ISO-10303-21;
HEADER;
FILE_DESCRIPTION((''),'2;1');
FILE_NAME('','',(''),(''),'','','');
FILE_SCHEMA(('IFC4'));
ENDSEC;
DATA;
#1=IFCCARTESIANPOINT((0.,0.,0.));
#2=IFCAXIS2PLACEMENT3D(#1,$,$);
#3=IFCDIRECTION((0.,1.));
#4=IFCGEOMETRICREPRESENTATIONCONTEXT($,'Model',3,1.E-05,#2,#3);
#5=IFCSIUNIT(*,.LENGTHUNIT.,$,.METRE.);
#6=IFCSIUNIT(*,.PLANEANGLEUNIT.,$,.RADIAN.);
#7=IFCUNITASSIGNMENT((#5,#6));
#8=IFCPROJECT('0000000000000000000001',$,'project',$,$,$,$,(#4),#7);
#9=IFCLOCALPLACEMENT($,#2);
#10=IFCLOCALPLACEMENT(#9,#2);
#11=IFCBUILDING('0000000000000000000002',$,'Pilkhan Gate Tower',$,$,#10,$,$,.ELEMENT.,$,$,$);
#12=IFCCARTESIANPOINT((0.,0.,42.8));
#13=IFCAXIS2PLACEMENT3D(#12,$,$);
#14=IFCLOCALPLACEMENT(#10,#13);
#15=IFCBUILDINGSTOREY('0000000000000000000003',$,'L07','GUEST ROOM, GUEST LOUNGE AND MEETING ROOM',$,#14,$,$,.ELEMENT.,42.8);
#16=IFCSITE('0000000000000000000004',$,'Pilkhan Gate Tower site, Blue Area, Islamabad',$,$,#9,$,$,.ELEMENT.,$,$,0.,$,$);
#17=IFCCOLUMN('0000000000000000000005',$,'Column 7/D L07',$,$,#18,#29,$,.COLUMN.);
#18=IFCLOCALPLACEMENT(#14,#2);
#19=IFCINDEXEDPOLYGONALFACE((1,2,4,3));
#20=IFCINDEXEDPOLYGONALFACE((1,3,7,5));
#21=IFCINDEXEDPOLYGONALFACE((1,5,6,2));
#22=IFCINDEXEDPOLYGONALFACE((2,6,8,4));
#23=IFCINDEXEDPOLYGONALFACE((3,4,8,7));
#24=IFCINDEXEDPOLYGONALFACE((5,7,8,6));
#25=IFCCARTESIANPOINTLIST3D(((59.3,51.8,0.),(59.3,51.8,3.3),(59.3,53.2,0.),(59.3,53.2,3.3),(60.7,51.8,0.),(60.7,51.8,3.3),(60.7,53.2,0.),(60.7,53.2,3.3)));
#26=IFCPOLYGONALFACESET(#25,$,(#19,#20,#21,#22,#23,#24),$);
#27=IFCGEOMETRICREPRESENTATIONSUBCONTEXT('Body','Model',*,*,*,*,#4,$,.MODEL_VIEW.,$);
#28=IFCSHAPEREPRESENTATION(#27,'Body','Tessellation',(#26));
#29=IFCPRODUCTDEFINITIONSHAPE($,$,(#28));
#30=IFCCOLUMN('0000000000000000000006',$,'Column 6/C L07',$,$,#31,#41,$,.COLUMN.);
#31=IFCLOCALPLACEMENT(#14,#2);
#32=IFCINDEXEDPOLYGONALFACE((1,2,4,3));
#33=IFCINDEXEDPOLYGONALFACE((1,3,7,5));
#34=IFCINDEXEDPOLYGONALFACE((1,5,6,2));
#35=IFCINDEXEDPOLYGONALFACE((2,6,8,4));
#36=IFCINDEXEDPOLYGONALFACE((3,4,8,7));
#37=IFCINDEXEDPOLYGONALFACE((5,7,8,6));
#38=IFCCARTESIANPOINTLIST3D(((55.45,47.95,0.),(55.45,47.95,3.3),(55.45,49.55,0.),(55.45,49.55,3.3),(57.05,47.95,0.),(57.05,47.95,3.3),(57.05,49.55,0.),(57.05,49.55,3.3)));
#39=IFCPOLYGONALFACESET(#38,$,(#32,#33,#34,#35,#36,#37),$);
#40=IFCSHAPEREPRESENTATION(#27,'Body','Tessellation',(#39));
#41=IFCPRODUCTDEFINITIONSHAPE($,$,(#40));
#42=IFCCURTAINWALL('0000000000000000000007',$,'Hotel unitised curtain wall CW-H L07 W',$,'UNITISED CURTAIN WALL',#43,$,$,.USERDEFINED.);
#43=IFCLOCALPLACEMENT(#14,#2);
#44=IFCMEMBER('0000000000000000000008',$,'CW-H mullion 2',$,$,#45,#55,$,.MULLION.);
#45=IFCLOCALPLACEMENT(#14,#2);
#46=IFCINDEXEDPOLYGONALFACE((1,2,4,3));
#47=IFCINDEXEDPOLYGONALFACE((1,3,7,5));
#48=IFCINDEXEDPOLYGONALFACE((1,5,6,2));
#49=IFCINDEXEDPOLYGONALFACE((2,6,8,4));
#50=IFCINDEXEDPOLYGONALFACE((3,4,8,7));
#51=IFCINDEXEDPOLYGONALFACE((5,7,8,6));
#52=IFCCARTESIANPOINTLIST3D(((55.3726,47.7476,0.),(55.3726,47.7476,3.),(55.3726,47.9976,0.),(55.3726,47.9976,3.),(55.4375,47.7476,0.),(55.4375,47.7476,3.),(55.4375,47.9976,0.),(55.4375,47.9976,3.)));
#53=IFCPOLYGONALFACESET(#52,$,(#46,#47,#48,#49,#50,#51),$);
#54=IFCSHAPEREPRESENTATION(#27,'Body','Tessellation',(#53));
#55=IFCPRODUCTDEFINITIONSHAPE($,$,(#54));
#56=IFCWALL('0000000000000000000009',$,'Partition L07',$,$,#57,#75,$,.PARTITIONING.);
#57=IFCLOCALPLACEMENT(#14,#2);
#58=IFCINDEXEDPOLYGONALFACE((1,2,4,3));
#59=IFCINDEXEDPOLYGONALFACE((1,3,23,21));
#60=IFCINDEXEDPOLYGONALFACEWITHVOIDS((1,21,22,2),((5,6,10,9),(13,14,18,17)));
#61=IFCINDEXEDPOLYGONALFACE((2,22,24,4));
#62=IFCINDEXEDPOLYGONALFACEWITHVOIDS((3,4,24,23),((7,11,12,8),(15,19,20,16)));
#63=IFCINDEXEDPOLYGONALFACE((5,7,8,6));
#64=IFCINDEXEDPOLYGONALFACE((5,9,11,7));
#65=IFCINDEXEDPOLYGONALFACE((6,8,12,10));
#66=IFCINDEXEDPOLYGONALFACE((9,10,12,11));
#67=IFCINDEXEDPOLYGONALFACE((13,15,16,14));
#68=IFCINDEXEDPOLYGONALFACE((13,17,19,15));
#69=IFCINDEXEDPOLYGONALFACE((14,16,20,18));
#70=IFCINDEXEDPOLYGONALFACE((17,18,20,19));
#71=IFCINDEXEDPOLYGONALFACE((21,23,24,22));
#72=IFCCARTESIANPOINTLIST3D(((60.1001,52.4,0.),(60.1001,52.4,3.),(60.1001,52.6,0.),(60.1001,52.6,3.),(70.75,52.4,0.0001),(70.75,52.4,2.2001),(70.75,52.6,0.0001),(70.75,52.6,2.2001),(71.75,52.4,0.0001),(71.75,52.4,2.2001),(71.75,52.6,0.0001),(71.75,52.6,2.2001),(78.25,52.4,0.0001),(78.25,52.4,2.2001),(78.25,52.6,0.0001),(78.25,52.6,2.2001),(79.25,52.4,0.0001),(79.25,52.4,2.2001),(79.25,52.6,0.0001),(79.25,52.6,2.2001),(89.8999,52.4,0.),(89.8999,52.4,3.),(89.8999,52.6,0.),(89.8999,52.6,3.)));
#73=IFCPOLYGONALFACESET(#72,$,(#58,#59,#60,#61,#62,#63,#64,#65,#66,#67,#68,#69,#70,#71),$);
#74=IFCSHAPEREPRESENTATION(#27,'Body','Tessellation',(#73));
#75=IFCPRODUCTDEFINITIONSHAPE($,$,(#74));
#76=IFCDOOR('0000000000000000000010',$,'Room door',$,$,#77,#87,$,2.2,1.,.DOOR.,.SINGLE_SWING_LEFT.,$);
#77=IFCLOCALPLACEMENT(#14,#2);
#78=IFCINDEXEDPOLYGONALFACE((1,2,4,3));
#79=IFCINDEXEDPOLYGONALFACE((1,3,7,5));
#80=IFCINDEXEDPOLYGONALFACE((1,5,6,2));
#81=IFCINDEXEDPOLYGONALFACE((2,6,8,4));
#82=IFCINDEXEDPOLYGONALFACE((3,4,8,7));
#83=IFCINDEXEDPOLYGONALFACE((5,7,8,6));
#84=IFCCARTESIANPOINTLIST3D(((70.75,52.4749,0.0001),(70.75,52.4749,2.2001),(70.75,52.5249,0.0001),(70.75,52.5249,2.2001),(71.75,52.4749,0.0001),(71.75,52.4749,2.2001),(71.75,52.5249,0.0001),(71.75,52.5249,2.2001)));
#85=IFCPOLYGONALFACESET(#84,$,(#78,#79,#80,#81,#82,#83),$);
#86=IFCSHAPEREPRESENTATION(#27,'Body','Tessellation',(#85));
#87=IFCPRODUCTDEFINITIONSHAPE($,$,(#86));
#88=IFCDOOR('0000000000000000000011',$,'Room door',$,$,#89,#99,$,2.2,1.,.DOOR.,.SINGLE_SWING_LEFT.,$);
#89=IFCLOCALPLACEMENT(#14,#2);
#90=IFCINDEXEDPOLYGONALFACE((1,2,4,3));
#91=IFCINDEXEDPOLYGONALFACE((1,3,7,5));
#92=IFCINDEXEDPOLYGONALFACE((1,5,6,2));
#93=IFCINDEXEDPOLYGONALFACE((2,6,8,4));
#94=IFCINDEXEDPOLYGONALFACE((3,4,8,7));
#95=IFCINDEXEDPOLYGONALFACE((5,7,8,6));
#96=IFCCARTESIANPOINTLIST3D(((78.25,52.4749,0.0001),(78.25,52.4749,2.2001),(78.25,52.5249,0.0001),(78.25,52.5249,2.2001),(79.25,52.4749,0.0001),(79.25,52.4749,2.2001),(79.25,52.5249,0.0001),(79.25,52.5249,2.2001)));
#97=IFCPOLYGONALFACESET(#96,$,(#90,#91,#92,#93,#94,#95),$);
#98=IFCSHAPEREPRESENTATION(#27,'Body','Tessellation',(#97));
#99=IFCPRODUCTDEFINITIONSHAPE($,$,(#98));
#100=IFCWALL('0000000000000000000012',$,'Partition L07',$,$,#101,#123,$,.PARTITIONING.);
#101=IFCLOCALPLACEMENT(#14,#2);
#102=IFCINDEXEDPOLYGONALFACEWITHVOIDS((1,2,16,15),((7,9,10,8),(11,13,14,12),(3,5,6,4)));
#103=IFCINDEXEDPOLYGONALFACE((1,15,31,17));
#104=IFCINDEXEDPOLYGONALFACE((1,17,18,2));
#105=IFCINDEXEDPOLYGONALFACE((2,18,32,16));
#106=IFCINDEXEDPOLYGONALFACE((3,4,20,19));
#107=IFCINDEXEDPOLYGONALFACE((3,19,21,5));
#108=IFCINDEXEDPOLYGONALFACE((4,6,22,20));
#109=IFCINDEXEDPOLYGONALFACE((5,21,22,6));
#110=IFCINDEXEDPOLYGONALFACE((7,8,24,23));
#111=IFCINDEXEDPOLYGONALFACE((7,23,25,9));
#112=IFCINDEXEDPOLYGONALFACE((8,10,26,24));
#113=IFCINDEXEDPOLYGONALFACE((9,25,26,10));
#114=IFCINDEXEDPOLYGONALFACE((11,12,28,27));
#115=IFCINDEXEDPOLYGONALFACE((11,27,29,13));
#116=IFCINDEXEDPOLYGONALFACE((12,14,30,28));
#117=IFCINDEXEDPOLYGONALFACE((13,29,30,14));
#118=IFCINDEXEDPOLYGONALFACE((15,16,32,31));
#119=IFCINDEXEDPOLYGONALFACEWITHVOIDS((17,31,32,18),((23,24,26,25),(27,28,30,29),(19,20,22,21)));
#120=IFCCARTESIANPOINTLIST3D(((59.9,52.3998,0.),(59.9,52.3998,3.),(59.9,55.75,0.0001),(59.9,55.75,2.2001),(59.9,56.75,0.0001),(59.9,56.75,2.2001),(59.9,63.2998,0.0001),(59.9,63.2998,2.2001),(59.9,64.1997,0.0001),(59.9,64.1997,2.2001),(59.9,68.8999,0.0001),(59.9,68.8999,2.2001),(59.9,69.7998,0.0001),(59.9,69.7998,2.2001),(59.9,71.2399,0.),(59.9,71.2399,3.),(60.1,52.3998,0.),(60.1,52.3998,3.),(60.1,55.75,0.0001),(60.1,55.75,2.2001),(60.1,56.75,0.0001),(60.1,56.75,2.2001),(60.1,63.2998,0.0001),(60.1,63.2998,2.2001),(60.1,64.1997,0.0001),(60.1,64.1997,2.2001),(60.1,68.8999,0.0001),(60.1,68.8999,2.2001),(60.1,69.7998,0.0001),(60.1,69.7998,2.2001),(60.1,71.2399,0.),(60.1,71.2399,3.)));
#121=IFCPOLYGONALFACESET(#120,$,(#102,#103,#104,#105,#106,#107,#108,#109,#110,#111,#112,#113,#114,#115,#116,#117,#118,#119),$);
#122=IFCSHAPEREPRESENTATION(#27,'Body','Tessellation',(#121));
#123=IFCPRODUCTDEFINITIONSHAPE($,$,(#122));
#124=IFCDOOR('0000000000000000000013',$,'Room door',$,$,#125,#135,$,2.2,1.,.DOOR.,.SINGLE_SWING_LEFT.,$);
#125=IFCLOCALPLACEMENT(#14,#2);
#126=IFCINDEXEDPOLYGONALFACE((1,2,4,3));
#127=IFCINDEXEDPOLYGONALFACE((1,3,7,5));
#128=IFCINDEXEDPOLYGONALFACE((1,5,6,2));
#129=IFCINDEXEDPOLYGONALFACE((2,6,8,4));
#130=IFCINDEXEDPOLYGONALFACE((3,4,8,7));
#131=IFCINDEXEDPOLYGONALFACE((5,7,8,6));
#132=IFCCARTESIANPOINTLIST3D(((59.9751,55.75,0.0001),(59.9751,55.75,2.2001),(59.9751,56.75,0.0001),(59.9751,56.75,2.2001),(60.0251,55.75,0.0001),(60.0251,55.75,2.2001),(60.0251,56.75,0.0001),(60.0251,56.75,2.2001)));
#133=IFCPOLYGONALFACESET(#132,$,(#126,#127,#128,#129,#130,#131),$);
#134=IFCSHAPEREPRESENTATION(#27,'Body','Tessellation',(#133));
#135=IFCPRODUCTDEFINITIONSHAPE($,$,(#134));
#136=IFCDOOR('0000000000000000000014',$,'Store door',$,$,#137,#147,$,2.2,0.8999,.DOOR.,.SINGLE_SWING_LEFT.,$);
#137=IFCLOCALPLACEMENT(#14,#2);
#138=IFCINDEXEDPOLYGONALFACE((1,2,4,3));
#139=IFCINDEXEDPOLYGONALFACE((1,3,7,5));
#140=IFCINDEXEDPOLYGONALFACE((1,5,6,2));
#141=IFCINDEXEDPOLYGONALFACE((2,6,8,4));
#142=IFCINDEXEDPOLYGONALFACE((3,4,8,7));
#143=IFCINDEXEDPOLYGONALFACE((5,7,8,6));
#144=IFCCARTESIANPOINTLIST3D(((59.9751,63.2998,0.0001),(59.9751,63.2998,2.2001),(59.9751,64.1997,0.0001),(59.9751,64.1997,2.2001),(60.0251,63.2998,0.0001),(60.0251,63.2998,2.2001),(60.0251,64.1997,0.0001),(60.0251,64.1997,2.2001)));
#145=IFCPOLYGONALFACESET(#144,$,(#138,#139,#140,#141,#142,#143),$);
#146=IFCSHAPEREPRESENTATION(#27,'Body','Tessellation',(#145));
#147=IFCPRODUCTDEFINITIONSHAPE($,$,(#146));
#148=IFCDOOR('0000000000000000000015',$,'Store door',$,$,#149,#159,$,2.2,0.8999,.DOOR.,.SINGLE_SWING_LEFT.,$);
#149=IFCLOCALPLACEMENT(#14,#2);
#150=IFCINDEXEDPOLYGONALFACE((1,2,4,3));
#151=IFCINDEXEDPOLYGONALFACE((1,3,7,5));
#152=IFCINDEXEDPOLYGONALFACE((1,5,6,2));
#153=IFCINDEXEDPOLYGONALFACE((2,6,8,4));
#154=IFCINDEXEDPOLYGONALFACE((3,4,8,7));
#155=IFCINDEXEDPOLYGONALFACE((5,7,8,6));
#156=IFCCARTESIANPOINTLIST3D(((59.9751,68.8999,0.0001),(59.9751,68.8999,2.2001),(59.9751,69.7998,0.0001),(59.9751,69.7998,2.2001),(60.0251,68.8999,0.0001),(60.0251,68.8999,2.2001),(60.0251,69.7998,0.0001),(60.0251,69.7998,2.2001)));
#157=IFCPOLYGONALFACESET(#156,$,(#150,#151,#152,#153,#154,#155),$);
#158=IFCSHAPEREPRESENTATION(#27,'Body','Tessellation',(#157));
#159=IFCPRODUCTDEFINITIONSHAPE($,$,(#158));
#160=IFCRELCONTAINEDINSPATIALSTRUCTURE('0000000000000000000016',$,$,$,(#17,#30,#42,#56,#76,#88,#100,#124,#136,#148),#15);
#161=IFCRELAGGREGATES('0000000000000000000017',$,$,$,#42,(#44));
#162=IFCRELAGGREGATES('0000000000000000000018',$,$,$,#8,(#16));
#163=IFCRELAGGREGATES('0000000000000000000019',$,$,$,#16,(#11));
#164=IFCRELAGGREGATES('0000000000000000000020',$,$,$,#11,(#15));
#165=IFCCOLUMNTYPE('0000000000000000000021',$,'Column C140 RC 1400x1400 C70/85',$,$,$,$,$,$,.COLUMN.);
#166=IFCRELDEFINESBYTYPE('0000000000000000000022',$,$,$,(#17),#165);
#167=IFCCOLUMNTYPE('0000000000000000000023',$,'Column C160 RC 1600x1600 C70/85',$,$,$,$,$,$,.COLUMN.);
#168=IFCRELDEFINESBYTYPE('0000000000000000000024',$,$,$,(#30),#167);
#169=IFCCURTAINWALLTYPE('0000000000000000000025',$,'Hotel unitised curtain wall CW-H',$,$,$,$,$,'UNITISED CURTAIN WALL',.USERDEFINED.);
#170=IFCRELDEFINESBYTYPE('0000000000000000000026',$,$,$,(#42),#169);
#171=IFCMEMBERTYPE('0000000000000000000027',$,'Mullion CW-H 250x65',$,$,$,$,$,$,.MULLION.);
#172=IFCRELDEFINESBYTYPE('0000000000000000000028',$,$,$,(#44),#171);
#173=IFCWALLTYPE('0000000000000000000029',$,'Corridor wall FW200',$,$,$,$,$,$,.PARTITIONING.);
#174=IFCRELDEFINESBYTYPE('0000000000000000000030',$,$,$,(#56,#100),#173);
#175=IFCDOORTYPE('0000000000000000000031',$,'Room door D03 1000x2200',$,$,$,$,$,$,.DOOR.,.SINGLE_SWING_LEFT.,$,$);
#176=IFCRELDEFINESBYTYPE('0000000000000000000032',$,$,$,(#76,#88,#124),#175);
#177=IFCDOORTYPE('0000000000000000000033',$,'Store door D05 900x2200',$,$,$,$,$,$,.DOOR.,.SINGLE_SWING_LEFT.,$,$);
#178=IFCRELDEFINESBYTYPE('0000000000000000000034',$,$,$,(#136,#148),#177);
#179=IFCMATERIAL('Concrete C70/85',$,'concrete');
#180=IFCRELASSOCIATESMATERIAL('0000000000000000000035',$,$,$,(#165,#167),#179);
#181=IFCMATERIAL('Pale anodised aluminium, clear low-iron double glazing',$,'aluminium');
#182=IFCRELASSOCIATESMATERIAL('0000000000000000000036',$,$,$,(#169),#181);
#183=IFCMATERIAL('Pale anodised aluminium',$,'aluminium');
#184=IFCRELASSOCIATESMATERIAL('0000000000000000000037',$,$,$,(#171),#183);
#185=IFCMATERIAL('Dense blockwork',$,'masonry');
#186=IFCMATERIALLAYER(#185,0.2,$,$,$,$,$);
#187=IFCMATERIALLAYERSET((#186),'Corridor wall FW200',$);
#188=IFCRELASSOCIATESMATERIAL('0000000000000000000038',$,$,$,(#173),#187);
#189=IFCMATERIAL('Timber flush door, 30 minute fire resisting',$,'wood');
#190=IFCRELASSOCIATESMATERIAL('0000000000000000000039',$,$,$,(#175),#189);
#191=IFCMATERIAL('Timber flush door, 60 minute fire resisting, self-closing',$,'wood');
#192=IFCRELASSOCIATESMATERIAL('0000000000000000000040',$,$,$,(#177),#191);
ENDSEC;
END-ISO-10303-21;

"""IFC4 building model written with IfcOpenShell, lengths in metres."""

from ifc_helpers import new_model, si_unit, direction, frame, frame_2d, origin, origin_2d, place, context, subcontext, project, spatial, rectangle, extrude, material, layer, layer_set, material_profile, profile_set, type_object, element, fill, aggregate, save


model = new_model("IFC4")

# Units and contexts
model_context = context("Model", 3, precision=1e-05, world=origin(), true_north=direction((0.0, 1.0)))
body_context = subcontext(model_context, "Body", "Model", "MODEL_VIEW")
ifc_project = project(units=[si_unit("LENGTHUNIT", "METRE"), si_unit("PLANEANGLEUNIT", "RADIAN")], contexts=[model_context])

# Site, building, storey
site_placement = place(None, origin())
site = spatial("IfcSite", under=ifc_project, at=site_placement, Name="Pilkhan Gate Tower site, Blue Area, Islamabad", CompositionType="ELEMENT", RefElevation=0.0)
building_placement = place(site_placement, origin())
building = spatial("IfcBuilding", under=site, at=building_placement, Name="Pilkhan Gate Tower", CompositionType="ELEMENT")
storey_placement = place(building_placement, frame((0.0, 0.0, 42.8)))
storey = spatial("IfcBuildingStorey", under=building, at=storey_placement, Name="L07", Description="GUEST ROOM, GUEST LOUNGE AND MEETING ROOM", CompositionType="ELEMENT", Elevation=42.8)

# Columns
ifc_material_1 = material(Name="Concrete C70/85", Category="concrete")
ifc_material_profile_1 = material_profile(ifc_material_1, rectangle(XDim=1.3999, YDim=1.3999, at=origin_2d()), Name="RC 1400x1400")
ifc_profile_set_1 = profile_set([ifc_material_profile_1], Name="Concrete C70/85")
column_type_1 = type_object("IfcColumnType", Name="Column C140 RC 1400x1400 C70/85", PredefinedType="COLUMN", material=ifc_profile_set_1)
column_1_placement = place(storey_placement, frame((60.0, 52.5, 0.0), z_axis=(0.0, 0.0, 1.0), x_axis=(1.0, 0.0, 0.0)))
element("IfcColumn", 1, at=column_1_placement, inside=storey, type_object=column_type_1, Name="Column 7/D L07", PredefinedType="COLUMN", context=body_context, shape_type="SweptSolid", body=[
    extrude(rectangle(XDim=1.3999, YDim=1.3999, at=origin_2d()), origin(), (0.0, 0.0, 1.0), 3.3),
])
ifc_material_profile_2 = material_profile(ifc_material_1, rectangle(XDim=1.6001, YDim=1.6001, at=origin_2d()), Name="RC 1600x1600")
ifc_profile_set_2 = profile_set([ifc_material_profile_2], Name="Concrete C70/85")
column_type_2 = type_object("IfcColumnType", Name="Column C160 RC 1600x1600 C70/85", PredefinedType="COLUMN", material=ifc_profile_set_2)
column_2_placement = place(storey_placement, frame((56.25, 48.75, 0.0), z_axis=(0.0, 0.0, 1.0), x_axis=(1.0, 0.0, 0.0)))
element("IfcColumn", 2, at=column_2_placement, inside=storey, type_object=column_type_2, Name="Column 6/C L07", PredefinedType="COLUMN", context=body_context, shape_type="SweptSolid", body=[
    extrude(rectangle(XDim=1.6001, YDim=1.6001, at=origin_2d()), origin(), (0.0, 0.0, 1.0), 3.3),
])

# Curtain wall, member
ifc_material_2 = material(Name="Pale anodised aluminium, clear low-iron double glazing", Category="aluminium")
curtain_wall_type = type_object("IfcCurtainWallType", Name="Hotel unitised curtain wall CW-H", ElementType="UNITISED CURTAIN WALL", PredefinedType="USERDEFINED", material=ifc_material_2)
curtain_wall_placement = place(storey_placement, origin())
curtain_wall = element("IfcCurtainWall", 3, at=curtain_wall_placement, inside=storey, type_object=curtain_wall_type, Name="Hotel unitised curtain wall CW-H L07 W", ObjectType="UNITISED CURTAIN WALL", PredefinedType="USERDEFINED")
ifc_material_3 = material(Name="Pale anodised aluminium", Category="aluminium")
ifc_material_profile_3 = material_profile(ifc_material_3, rectangle(XDim=0.0649, YDim=0.25, at=origin_2d()), Name="Mullion 250x65")
ifc_profile_set_3 = profile_set([ifc_material_profile_3], Name="Pale anodised aluminium")
member_type = type_object("IfcMemberType", Name="Mullion CW-H 250x65", PredefinedType="MULLION", material=ifc_profile_set_3)
member_placement = place(storey_placement, frame((55.405, 47.8726, 0.0), z_axis=(0.0, 0.0, 1.0), x_axis=(-1.0, 0.0, 0.0)))
member = element("IfcMember", 4, at=member_placement, type_object=member_type, Name="CW-H mullion 2", PredefinedType="MULLION", context=body_context, shape_type="SweptSolid", body=[
    extrude(rectangle(XDim=0.0649, YDim=0.25, at=origin_2d()), origin(), (0.0, 0.0, 1.0), 3.0),
])
aggregate(curtain_wall, [member])

# Walls, openings, doors
ifc_material_4 = material(Name="Dense blockwork", Category="masonry")
ifc_layer_1 = layer(ifc_material_4, 0.2)
ifc_layer_set_1 = layer_set([ifc_layer_1], Name="Corridor wall FW200")
wall_type_1 = type_object("IfcWallType", Name="Corridor wall FW200", PredefinedType="PARTITIONING", material=ifc_layer_set_1)
wall_1_placement = place(storey_placement, frame((60.1001, 52.5, 0.0), z_axis=(0.0, 0.0, 1.0), x_axis=(1.0, 0.0, 0.0)))
wall_1 = element("IfcWall", 5, at=wall_1_placement, inside=storey, type_object=wall_type_1, Name="Partition L07", PredefinedType="PARTITIONING", context=body_context, shape_type="SweptSolid", body=[
    extrude(rectangle(XDim=29.7998, YDim=0.2, at=frame_2d((14.8999, 0.0))), origin(), (0.0, 0.0, 1.0), 3.0),
])
opening_1_placement = place(wall_1_placement, frame((10.6499, 0.0, 0.0)))
opening_1 = element("IfcOpeningElement", 6, at=opening_1_placement, cuts=wall_1, PredefinedType="OPENING", context=body_context, shape_type="SweptSolid", body=[
    extrude(rectangle(XDim=1.0, YDim=2.2, at=frame_2d((0.5, 1.1001))), frame((0.0, 0.1099, 0.0), z_axis=(0.0, -1.0, 0.0), x_axis=(1.0, 0.0, 0.0)), (0.0, 0.0, 1.0), 0.22),
])
opening_2_placement = place(wall_1_placement, frame((18.1499, 0.0, 0.0)))
opening_2 = element("IfcOpeningElement", 7, at=opening_2_placement, cuts=wall_1, PredefinedType="OPENING", context=body_context, shape_type="SweptSolid", body=[
    extrude(rectangle(XDim=1.0, YDim=2.2, at=frame_2d((0.5, 1.1001))), frame((0.0, 0.1099, 0.0), z_axis=(0.0, -1.0, 0.0), x_axis=(1.0, 0.0, 0.0)), (0.0, 0.0, 1.0), 0.22),
])
ifc_material_5 = material(Name="Timber flush door, 30 minute fire resisting", Category="wood")
door_type_1 = type_object("IfcDoorType", Name="Room door D03 1000x2200", OperationType="SINGLE_SWING_LEFT", PredefinedType="DOOR", material=ifc_material_5)
door_1_placement = place(opening_1_placement, origin())
door_1 = element("IfcDoor", 8, at=door_1_placement, inside=storey, type_object=door_type_1, Name="Room door", OperationType="SINGLE_SWING_LEFT", OverallHeight=2.2, OverallWidth=1.0, PredefinedType="DOOR", context=body_context, shape_type="SweptSolid", body=[
    extrude(rectangle(XDim=1.0, YDim=2.2, at=frame_2d((0.5, 1.1001))), frame((0.0, 0.0249, 0.0), z_axis=(0.0, -1.0, 0.0), x_axis=(1.0, 0.0, 0.0)), (0.0, 0.0, 1.0), 0.05),
])
fill(opening_1, door_1)
door_2_placement = place(opening_2_placement, origin())
door_2 = element("IfcDoor", 9, at=door_2_placement, inside=storey, type_object=door_type_1, Name="Room door", OperationType="SINGLE_SWING_LEFT", OverallHeight=2.2, OverallWidth=1.0, PredefinedType="DOOR", context=body_context, shape_type="SweptSolid", body=[
    extrude(rectangle(XDim=1.0, YDim=2.2, at=frame_2d((0.5, 1.1001))), frame((0.0, 0.0249, 0.0), z_axis=(0.0, -1.0, 0.0), x_axis=(1.0, 0.0, 0.0)), (0.0, 0.0, 1.0), 0.05),
])
fill(opening_2, door_2)
ifc_material_6 = material(Name="Timber flush door, 60 minute fire resisting, self-closing", Category="wood")
door_type_2 = type_object("IfcDoorType", Name="Store door D05 900x2200", OperationType="SINGLE_SWING_LEFT", PredefinedType="DOOR", material=ifc_material_6)
wall_2_placement = place(storey_placement, frame((60.0, 52.3999, 0.0), z_axis=(0.0, 0.0, 1.0), x_axis=(0.0, 1.0, 0.0)))
wall_2 = element("IfcWall", 10, at=wall_2_placement, inside=storey, type_object=wall_type_1, Name="Partition L07", PredefinedType="PARTITIONING", context=body_context, shape_type="SweptSolid", body=[
    extrude(rectangle(XDim=18.8401, YDim=0.2, at=frame_2d((9.4199, 0.0))), origin(), (0.0, 0.0, 1.0), 3.0),
])
opening_3_placement = place(wall_2_placement, frame((3.3501, 0.0, 0.0)))
opening_3 = element("IfcOpeningElement", 11, at=opening_3_placement, cuts=wall_2, PredefinedType="OPENING", context=body_context, shape_type="SweptSolid", body=[
    extrude(rectangle(XDim=1.0, YDim=2.2, at=frame_2d((0.5, 1.1001))), frame((0.0, 0.1099, 0.0), z_axis=(0.0, -1.0, 0.0), x_axis=(1.0, 0.0, 0.0)), (0.0, 0.0, 1.0), 0.22),
])
opening_4_placement = place(wall_2_placement, frame((10.8999, 0.0, 0.0)))
opening_4 = element("IfcOpeningElement", 12, at=opening_4_placement, cuts=wall_2, PredefinedType="OPENING", context=body_context, shape_type="SweptSolid", body=[
    extrude(rectangle(XDim=0.8999, YDim=2.2, at=frame_2d((0.45, 1.1001))), frame((0.0, 0.1099, 0.0), z_axis=(0.0, -1.0, 0.0), x_axis=(1.0, 0.0, 0.0)), (0.0, 0.0, 1.0), 0.22),
])
opening_5_placement = place(wall_2_placement, frame((16.5, 0.0, 0.0)))
opening_5 = element("IfcOpeningElement", 13, at=opening_5_placement, cuts=wall_2, PredefinedType="OPENING", context=body_context, shape_type="SweptSolid", body=[
    extrude(rectangle(XDim=0.8999, YDim=2.2, at=frame_2d((0.45, 1.1001))), frame((0.0, 0.1099, 0.0), z_axis=(0.0, -1.0, 0.0), x_axis=(1.0, 0.0, 0.0)), (0.0, 0.0, 1.0), 0.22),
])
door_3_placement = place(opening_3_placement, origin())
door_3 = element("IfcDoor", 14, at=door_3_placement, inside=storey, type_object=door_type_1, Name="Room door", OperationType="SINGLE_SWING_LEFT", OverallHeight=2.2, OverallWidth=1.0, PredefinedType="DOOR", context=body_context, shape_type="SweptSolid", body=[
    extrude(rectangle(XDim=1.0, YDim=2.2, at=frame_2d((0.5, 1.1001))), frame((0.0, 0.0249, 0.0), z_axis=(0.0, -1.0, 0.0), x_axis=(1.0, 0.0, 0.0)), (0.0, 0.0, 1.0), 0.05),
])
fill(opening_3, door_3)
door_4_placement = place(opening_4_placement, origin())
door_4 = element("IfcDoor", 15, at=door_4_placement, inside=storey, type_object=door_type_2, Name="Store door", OperationType="SINGLE_SWING_LEFT", OverallHeight=2.2, OverallWidth=0.8999, PredefinedType="DOOR", context=body_context, shape_type="SweptSolid", body=[
    extrude(rectangle(XDim=0.8999, YDim=2.2, at=frame_2d((0.45, 1.1001))), frame((0.0, 0.0249, 0.0), z_axis=(0.0, -1.0, 0.0), x_axis=(1.0, 0.0, 0.0)), (0.0, 0.0, 1.0), 0.05),
])
fill(opening_4, door_4)
door_5_placement = place(opening_5_placement, origin())
door_5 = element("IfcDoor", 16, at=door_5_placement, inside=storey, type_object=door_type_2, Name="Store door", OperationType="SINGLE_SWING_LEFT", OverallHeight=2.2, OverallWidth=0.8999, PredefinedType="DOOR", context=body_context, shape_type="SweptSolid", body=[
    extrude(rectangle(XDim=0.8999, YDim=2.2, at=frame_2d((0.45, 1.1001))), frame((0.0, 0.0249, 0.0), z_axis=(0.0, -1.0, 0.0), x_axis=(1.0, 0.0, 0.0)), (0.0, 0.0, 1.0), 0.05),
])
fill(opening_5, door_5)

save(model, "model.ifc")
